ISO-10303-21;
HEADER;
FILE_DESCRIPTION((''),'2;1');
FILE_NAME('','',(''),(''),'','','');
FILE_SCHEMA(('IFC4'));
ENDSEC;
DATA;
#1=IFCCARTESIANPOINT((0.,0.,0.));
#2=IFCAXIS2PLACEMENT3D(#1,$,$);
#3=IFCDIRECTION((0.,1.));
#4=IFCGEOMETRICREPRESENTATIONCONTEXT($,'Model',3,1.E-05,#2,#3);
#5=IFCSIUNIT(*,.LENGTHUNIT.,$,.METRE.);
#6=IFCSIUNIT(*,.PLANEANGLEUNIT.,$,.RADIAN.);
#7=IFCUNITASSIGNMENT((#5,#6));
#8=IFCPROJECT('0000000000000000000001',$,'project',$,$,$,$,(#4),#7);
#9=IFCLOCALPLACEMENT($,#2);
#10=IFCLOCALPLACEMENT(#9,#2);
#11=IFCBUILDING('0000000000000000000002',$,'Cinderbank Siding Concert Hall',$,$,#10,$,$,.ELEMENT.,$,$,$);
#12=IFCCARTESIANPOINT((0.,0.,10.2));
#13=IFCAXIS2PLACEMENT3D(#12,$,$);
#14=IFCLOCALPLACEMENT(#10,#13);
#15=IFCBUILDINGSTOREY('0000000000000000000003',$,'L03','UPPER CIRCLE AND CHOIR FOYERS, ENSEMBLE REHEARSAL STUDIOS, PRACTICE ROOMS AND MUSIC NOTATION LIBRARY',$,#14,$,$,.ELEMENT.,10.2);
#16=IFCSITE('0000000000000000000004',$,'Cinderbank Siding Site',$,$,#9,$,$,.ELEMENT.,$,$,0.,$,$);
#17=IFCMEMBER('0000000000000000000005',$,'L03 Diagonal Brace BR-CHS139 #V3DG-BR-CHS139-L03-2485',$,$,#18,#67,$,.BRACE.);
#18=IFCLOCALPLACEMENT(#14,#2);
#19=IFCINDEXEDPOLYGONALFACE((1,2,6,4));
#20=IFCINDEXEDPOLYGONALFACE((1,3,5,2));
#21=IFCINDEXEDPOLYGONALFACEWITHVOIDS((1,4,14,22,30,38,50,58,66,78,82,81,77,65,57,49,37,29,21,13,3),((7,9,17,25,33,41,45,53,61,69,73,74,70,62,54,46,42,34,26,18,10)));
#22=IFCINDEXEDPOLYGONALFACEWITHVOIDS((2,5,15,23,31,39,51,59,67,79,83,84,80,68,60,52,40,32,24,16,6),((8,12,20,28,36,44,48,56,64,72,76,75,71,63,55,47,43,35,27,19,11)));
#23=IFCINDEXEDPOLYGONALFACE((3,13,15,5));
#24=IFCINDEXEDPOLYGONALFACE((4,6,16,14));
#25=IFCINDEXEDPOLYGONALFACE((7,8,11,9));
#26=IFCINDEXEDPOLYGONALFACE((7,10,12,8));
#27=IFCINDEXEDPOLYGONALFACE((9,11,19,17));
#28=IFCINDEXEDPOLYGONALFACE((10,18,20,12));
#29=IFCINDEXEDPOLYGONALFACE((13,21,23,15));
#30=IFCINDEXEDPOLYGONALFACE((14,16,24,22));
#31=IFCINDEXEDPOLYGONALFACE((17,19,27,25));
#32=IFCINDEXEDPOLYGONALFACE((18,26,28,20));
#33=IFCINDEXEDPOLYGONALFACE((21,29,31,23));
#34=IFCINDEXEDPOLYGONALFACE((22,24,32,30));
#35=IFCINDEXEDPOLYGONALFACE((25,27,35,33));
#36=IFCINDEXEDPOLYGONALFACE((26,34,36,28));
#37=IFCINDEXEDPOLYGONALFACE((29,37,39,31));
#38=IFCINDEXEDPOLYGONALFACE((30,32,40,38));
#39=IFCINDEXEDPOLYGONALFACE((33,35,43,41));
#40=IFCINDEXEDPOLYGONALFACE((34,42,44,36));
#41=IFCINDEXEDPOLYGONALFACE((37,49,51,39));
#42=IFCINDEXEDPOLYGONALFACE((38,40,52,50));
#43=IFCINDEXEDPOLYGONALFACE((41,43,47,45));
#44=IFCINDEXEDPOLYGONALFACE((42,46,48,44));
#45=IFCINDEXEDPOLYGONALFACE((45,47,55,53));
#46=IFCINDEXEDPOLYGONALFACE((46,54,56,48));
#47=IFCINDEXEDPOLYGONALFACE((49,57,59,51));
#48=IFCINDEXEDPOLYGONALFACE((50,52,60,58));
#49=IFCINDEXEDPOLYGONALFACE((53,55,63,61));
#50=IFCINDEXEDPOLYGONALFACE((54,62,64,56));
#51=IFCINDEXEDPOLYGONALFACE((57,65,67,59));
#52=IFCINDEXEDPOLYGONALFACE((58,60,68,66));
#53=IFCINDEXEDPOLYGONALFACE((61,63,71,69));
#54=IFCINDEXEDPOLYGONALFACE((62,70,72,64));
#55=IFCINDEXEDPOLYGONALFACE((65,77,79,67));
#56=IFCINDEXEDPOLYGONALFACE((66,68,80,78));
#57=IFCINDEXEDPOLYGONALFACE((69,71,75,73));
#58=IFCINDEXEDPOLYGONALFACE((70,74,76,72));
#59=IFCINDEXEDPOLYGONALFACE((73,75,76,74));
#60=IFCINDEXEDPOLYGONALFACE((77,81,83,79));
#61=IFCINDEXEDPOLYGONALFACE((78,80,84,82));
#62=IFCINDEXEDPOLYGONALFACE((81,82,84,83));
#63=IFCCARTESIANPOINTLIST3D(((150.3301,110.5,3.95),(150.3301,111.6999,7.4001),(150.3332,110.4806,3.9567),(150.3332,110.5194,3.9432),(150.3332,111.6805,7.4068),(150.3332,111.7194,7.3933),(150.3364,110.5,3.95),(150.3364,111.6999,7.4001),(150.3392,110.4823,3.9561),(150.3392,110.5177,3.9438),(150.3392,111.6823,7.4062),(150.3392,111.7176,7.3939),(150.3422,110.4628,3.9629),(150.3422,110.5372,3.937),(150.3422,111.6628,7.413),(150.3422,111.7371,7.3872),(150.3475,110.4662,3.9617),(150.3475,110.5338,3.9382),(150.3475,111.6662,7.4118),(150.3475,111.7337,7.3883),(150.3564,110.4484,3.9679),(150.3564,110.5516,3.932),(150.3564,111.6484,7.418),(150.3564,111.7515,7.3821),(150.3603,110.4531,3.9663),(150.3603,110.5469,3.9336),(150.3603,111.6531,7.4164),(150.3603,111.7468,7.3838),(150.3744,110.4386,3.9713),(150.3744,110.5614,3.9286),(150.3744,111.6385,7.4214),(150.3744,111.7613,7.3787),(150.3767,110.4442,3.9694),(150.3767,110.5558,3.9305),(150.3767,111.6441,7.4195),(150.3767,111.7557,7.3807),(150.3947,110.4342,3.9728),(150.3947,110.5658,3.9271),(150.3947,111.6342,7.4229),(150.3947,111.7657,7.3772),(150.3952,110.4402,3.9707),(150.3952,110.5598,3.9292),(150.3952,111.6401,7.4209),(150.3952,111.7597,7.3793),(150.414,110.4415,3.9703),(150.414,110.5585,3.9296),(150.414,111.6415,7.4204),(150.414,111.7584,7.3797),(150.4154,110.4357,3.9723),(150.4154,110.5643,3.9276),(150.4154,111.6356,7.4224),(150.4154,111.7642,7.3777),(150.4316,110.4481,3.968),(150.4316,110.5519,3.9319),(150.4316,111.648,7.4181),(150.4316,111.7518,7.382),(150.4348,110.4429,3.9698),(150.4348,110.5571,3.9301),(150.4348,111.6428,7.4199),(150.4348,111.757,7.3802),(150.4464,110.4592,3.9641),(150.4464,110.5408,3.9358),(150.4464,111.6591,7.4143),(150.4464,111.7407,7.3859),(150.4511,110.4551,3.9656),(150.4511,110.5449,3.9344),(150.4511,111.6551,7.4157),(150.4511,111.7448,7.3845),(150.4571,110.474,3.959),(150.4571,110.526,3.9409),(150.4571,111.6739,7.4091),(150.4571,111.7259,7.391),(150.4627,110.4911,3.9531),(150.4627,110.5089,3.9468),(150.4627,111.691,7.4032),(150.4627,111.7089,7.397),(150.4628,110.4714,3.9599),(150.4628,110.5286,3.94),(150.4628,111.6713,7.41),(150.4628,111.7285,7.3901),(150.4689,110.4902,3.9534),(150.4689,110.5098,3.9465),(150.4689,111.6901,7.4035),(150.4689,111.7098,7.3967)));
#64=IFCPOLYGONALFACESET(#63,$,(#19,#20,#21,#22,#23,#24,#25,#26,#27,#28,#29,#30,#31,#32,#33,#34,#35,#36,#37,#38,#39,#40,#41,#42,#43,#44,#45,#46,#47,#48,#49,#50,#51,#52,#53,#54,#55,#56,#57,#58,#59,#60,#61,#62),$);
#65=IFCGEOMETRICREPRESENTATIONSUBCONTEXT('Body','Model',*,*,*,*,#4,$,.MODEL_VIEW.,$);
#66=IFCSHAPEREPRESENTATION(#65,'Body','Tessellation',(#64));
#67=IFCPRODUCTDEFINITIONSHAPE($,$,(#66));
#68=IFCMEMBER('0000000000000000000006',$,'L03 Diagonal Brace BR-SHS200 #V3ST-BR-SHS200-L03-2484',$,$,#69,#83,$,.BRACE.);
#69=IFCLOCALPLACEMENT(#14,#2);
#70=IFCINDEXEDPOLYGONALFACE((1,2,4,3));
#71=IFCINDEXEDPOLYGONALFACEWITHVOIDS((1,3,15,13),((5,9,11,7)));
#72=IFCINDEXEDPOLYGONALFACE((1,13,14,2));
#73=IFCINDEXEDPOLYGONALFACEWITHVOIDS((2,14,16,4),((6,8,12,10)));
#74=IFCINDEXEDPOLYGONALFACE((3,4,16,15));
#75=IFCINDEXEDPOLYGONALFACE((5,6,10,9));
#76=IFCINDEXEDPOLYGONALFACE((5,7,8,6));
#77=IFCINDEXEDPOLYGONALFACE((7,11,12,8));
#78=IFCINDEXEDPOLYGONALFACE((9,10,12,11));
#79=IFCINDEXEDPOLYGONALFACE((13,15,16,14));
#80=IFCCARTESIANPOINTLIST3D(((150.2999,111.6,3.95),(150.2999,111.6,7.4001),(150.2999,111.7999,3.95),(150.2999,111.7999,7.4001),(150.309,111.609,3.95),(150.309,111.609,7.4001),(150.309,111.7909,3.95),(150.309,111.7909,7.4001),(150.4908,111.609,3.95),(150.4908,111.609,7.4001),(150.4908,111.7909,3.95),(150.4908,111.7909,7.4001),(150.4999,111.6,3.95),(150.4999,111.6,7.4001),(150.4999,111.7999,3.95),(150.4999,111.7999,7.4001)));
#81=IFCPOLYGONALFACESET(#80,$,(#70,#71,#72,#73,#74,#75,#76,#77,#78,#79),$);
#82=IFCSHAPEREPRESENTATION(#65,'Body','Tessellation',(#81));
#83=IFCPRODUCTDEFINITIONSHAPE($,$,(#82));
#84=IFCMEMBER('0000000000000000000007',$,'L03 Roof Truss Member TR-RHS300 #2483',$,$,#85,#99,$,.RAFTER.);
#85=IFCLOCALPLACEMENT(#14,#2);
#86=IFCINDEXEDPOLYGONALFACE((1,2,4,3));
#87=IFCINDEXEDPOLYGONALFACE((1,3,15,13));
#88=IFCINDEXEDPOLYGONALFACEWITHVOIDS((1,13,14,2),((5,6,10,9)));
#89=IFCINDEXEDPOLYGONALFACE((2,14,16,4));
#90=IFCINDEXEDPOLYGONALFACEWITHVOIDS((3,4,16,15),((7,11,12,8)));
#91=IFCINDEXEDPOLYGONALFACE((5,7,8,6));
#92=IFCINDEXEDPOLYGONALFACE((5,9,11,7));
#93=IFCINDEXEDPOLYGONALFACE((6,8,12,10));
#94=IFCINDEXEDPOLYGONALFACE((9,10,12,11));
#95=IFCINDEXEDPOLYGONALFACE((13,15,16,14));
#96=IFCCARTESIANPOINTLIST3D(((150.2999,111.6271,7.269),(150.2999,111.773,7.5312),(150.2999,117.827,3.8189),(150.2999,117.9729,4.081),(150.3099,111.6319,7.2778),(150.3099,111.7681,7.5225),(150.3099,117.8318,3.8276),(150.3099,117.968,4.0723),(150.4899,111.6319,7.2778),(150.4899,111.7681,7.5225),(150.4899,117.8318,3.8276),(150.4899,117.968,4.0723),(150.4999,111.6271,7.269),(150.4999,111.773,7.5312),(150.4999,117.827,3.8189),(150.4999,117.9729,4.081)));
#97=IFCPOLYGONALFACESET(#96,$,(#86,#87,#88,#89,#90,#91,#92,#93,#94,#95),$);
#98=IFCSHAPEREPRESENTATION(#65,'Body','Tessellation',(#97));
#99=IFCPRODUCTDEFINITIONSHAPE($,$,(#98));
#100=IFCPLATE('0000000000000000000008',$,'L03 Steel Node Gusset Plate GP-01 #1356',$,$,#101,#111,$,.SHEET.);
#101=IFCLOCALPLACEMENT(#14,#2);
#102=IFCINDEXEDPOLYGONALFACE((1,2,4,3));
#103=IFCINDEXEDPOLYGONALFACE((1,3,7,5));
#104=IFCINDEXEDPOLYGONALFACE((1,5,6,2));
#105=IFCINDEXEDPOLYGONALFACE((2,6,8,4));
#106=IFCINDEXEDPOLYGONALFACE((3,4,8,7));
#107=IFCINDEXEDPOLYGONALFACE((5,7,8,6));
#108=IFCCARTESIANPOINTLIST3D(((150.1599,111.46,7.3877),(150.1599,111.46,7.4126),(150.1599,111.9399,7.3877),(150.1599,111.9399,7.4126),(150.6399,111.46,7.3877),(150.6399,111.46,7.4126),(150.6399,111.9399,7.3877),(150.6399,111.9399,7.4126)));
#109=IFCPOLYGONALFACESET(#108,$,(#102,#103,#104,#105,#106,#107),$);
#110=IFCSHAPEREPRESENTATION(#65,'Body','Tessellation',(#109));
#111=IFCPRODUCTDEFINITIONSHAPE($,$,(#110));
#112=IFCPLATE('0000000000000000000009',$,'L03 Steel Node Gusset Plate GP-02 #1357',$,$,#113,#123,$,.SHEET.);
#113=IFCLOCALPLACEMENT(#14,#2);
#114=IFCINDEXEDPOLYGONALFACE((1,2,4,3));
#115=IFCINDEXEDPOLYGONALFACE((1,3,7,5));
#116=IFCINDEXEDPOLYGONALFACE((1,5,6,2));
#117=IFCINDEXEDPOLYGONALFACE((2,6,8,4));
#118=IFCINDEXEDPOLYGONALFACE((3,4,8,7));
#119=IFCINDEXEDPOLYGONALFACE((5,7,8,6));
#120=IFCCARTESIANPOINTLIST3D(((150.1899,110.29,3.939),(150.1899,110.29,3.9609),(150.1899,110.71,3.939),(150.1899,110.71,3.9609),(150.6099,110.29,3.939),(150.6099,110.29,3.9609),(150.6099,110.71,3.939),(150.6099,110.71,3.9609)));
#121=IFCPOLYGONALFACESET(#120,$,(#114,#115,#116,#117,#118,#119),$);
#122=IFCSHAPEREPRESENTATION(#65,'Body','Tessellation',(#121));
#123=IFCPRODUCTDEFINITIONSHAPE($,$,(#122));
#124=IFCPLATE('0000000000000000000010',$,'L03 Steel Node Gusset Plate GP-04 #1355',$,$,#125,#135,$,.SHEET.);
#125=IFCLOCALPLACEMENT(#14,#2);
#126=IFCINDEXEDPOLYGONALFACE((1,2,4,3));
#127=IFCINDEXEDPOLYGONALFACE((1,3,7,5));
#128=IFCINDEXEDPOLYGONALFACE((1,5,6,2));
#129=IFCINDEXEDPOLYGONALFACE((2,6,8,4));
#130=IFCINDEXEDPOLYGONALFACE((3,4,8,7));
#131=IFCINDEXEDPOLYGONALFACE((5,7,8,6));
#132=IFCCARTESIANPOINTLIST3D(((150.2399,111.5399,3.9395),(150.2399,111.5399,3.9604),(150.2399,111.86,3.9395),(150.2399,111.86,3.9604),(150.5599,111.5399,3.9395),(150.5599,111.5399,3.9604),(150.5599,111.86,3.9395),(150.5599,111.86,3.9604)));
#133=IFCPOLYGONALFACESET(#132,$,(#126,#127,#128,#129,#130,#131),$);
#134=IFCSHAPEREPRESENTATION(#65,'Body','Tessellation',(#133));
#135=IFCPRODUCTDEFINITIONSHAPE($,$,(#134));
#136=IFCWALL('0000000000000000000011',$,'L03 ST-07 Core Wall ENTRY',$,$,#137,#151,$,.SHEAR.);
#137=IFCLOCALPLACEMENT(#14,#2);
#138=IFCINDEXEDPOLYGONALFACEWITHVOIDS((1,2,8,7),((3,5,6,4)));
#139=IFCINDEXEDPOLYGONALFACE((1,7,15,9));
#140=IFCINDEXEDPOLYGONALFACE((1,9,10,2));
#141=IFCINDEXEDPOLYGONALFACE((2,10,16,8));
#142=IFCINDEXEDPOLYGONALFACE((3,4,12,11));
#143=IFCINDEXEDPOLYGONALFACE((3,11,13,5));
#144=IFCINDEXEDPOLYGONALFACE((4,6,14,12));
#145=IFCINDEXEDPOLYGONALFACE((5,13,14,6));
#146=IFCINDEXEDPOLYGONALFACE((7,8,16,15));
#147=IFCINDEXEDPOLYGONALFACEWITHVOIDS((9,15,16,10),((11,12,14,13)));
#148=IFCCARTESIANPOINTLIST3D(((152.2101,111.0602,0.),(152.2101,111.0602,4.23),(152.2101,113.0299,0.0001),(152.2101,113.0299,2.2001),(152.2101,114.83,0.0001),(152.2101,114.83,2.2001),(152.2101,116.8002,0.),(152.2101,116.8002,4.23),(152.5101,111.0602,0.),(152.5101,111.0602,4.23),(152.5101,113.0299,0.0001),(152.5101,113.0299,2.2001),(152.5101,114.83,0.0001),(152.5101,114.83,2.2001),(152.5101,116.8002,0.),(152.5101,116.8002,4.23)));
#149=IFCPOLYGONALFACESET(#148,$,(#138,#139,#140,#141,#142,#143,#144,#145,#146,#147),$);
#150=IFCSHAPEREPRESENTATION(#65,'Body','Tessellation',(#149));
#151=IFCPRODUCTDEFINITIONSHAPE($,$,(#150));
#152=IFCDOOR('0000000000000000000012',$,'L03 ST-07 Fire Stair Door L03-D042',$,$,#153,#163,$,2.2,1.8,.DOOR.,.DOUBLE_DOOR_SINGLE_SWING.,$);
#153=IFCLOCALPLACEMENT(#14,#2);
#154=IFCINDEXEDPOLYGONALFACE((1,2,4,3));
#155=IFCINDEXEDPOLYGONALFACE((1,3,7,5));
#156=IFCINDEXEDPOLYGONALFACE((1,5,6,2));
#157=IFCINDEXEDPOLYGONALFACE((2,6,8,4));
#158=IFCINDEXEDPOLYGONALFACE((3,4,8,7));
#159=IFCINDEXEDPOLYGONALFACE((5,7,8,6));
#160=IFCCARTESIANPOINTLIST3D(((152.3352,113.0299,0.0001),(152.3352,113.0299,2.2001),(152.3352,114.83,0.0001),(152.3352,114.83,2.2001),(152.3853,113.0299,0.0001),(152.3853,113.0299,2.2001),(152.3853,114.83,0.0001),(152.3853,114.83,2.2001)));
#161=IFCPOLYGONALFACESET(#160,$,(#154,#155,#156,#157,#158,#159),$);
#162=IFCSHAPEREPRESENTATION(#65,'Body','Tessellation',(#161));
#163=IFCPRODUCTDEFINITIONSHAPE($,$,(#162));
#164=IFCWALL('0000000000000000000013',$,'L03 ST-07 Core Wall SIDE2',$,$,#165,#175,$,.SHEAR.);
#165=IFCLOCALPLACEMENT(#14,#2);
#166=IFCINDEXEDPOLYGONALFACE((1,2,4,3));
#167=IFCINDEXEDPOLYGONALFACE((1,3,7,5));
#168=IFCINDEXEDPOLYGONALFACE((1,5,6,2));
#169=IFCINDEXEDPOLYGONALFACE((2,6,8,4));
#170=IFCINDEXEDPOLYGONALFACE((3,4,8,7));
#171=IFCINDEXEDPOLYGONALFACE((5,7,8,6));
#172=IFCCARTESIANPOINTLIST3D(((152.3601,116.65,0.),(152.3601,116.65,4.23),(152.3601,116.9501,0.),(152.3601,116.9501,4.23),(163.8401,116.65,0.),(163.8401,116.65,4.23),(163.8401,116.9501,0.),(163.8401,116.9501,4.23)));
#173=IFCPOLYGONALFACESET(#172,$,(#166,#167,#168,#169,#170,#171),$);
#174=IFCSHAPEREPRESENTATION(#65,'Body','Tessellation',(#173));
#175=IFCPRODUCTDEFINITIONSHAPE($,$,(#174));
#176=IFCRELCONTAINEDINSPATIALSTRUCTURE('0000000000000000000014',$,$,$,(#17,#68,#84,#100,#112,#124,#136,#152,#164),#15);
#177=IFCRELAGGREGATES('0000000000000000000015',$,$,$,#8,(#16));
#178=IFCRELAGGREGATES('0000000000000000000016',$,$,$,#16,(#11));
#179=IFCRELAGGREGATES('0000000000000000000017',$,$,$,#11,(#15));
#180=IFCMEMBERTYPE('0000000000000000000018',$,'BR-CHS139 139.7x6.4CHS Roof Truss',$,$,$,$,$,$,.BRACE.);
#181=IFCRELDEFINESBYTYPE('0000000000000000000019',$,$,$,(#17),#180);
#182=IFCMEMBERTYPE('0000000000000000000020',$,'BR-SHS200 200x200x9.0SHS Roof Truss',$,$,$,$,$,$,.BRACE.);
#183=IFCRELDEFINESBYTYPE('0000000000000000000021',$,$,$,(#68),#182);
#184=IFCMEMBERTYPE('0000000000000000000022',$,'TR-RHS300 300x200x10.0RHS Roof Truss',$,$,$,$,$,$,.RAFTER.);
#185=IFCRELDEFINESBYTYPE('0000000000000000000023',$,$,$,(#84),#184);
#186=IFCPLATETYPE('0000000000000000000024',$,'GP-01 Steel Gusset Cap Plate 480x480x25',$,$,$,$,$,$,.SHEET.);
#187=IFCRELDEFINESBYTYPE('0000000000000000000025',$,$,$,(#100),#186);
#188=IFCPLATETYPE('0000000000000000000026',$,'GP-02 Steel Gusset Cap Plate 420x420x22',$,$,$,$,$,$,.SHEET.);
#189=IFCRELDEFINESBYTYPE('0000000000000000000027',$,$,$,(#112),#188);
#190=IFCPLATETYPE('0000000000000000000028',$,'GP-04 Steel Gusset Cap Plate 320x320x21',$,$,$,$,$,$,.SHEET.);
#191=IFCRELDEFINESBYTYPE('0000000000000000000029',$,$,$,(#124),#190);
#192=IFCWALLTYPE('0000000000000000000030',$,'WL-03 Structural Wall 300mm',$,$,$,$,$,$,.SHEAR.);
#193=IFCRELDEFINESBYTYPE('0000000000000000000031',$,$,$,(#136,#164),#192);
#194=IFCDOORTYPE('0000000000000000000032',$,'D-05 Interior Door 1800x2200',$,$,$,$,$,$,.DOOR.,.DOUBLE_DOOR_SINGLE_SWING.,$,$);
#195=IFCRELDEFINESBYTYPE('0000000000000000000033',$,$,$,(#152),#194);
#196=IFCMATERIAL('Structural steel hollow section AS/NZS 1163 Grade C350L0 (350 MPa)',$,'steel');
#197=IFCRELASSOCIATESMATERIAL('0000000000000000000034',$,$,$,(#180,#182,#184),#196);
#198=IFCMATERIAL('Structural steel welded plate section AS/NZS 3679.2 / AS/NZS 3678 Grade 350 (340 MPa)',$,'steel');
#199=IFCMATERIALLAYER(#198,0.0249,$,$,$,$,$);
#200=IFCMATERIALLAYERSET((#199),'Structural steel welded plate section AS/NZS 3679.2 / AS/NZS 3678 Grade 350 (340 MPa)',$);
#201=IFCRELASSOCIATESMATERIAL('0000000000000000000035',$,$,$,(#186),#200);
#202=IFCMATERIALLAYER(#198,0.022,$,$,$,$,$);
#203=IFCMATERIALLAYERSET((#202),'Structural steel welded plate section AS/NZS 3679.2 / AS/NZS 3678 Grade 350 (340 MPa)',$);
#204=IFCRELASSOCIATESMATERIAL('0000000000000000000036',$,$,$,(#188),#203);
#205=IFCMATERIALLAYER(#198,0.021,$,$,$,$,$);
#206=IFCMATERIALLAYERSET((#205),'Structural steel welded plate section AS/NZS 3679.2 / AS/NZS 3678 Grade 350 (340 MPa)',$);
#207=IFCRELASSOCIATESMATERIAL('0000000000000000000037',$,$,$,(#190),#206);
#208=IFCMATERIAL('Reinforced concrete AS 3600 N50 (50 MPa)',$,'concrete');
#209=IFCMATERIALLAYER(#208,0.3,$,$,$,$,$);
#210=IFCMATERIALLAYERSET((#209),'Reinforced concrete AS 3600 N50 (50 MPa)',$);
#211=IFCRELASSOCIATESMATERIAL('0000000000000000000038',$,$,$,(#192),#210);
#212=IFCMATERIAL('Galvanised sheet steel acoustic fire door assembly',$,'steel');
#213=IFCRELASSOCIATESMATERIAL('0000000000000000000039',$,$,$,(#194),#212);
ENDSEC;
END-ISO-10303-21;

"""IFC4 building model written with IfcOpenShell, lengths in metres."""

from ifc_helpers import new_model, si_unit, direction, frame, frame_2d, origin, origin_2d, place, context, subcontext, project, spatial, rectangle, hollow_rectangle, hollow_circle, extrude, material, layer, layer_set, material_profile, profile_set, type_object, element, fill, save


model = new_model("IFC4")

# Units and contexts
model_context = context("Model", 3, precision=1e-05, world=origin(), true_north=direction((0.0, 1.0)))
body_context = subcontext(model_context, "Body", "Model", "MODEL_VIEW")
ifc_project = project(units=[si_unit("LENGTHUNIT", "METRE"), si_unit("PLANEANGLEUNIT", "RADIAN")], contexts=[model_context])

# Site, building, storey
site_placement = place(None, origin())
site = spatial("IfcSite", under=ifc_project, at=site_placement, Name="Cinderbank Siding Site", CompositionType="ELEMENT", RefElevation=0.0)
building_placement = place(site_placement, origin())
building = spatial("IfcBuilding", under=site, at=building_placement, Name="Cinderbank Siding Concert Hall", CompositionType="ELEMENT")
storey_placement = place(building_placement, frame((0.0, 0.0, 10.2)))
storey = spatial("IfcBuildingStorey", under=building, at=storey_placement, Name="L03", Description="UPPER CIRCLE AND CHOIR FOYERS, ENSEMBLE REHEARSAL STUDIOS, PRACTICE ROOMS AND MUSIC NOTATION LIBRARY", CompositionType="ELEMENT", Elevation=10.2)

# Shared definitions
ifc_material_1 = material(Name="Reinforced concrete AS 3600 N50 (50 MPa)", Category="concrete")

# Shared definitions
ifc_material_2 = material(Name="Structural steel welded plate section AS/NZS 3679.2 / AS/NZS 3678 Grade 350 (340 MPa)", Category="steel")

# Members
ifc_material_3 = material(Name="Structural steel hollow section AS/NZS 1163 Grade C350L0 (350 MPa)", Category="steel")
ifc_material_profile_1 = material_profile(ifc_material_3, hollow_circle(Radius=0.0698, WallThickness=0.0063, at=origin_2d()), Name="139.7x6.4CHS", Category="LoadBearing")
ifc_profile_set_1 = profile_set([ifc_material_profile_1], Name="Structural steel hollow section AS/NZS 1163 Grade C350L0 (350 MPa)")
member_type_1 = type_object("IfcMemberType", Name="BR-CHS139 139.7x6.4CHS Roof Truss", PredefinedType="BRACE", material=ifc_profile_set_1)
member_1_placement = place(storey_placement, frame((150.3999, 110.5, 3.95), z_axis=(0.0, 0.328492, 0.944507), x_axis=(-1.0, 0.0, 0.0)))
element("IfcMember", 1, at=member_1_placement, inside=storey, type_object=member_type_1, Name="L03 Diagonal Brace BR-CHS139 #V3DG-BR-CHS139-L03-2485", PredefinedType="BRACE", context=body_context, shape_type="SweptSolid", body=[
    extrude(hollow_circle(Radius=0.0698, WallThickness=0.0063, at=origin_2d()), origin(), (0.0, 0.0, 1.0), 3.6528),
])
ifc_material_profile_2 = material_profile(ifc_material_3, hollow_rectangle(XDim=0.2, YDim=0.2, WallThickness=0.009, at=origin_2d()), Name="200x200x9.0SHS", Category="LoadBearing")
ifc_profile_set_2 = profile_set([ifc_material_profile_2], Name="Structural steel hollow section AS/NZS 1163 Grade C350L0 (350 MPa)")
member_type_2 = type_object("IfcMemberType", Name="BR-SHS200 200x200x9.0SHS Roof Truss", PredefinedType="BRACE", material=ifc_profile_set_2)
member_2_placement = place(storey_placement, frame((150.3999, 111.7, 3.95), z_axis=(0.0, 0.0, 1.0), x_axis=(1.0, 0.0, 0.0)))
element("IfcMember", 2, at=member_2_placement, inside=storey, type_object=member_type_2, Name="L03 Diagonal Brace BR-SHS200 #V3ST-BR-SHS200-L03-2484", PredefinedType="BRACE", context=body_context, shape_type="SweptSolid", body=[
    extrude(hollow_rectangle(XDim=0.2, YDim=0.2, WallThickness=0.009, at=origin_2d()), origin(), (0.0, 0.0, 1.0), 3.4502),
])
ifc_material_profile_3 = material_profile(ifc_material_3, hollow_rectangle(XDim=0.2, YDim=0.3, WallThickness=0.01, at=origin_2d()), Name="300x200x10.0RHS", Category="LoadBearing")
ifc_profile_set_3 = profile_set([ifc_material_profile_3], Name="Structural steel hollow section AS/NZS 1163 Grade C350L0 (350 MPa)")
member_type_3 = type_object("IfcMemberType", Name="TR-RHS300 300x200x10.0RHS Roof Truss", PredefinedType="RAFTER", material=ifc_profile_set_3)
member_3_placement = place(storey_placement, frame((150.3999, 117.8999, 3.95), z_axis=(0.0, -0.873811, 0.486265), x_axis=(1.0, 0.0, 0.0)))
element("IfcMember", 3, at=member_3_placement, inside=storey, type_object=member_type_3, Name="L03 Roof Truss Member TR-RHS300 #2483", PredefinedType="RAFTER", context=body_context, shape_type="SweptSolid", body=[
    extrude(hollow_rectangle(XDim=0.2, YDim=0.3, WallThickness=0.01, at=origin_2d()), origin(), (0.0, 0.0, 1.0), 7.0952),
])

# Plates
ifc_layer_1 = layer(ifc_material_2, 0.0249)
ifc_layer_set_1 = layer_set([ifc_layer_1], Name="Structural steel welded plate section AS/NZS 3679.2 / AS/NZS 3678 Grade 350 (340 MPa)")
plate_type_1 = type_object("IfcPlateType", Name="GP-01 Steel Gusset Cap Plate 480x480x25", PredefinedType="SHEET", material=ifc_layer_set_1)
plate_1_placement = place(storey_placement, frame((150.3999, 111.7, 7.3877), z_axis=(0.0, 0.0, 1.0), x_axis=(1.0, 0.0, 0.0)))
element("IfcPlate", 4, at=plate_1_placement, inside=storey, type_object=plate_type_1, Name="L03 Steel Node Gusset Plate GP-01 #1356", PredefinedType="SHEET", context=body_context, shape_type="SweptSolid", body=[
    extrude(rectangle(XDim=0.48, YDim=0.48, at=origin_2d()), origin(), (0.0, 0.0, 1.0), 0.0249),
])
ifc_layer_2 = layer(ifc_material_2, 0.022)
ifc_layer_set_2 = layer_set([ifc_layer_2], Name="Structural steel welded plate section AS/NZS 3679.2 / AS/NZS 3678 Grade 350 (340 MPa)")
plate_type_2 = type_object("IfcPlateType", Name="GP-02 Steel Gusset Cap Plate 420x420x22", PredefinedType="SHEET", material=ifc_layer_set_2)
plate_2_placement = place(storey_placement, frame((150.3999, 110.5, 3.939), z_axis=(0.0, 0.0, 1.0), x_axis=(0.0, 1.0, 0.0)))
element("IfcPlate", 5, at=plate_2_placement, inside=storey, type_object=plate_type_2, Name="L03 Steel Node Gusset Plate GP-02 #1357", PredefinedType="SHEET", context=body_context, shape_type="SweptSolid", body=[
    extrude(rectangle(XDim=0.4199, YDim=0.4199, at=origin_2d()), origin(), (0.0, 0.0, 1.0), 0.022),
])
ifc_layer_3 = layer(ifc_material_2, 0.021)
ifc_layer_set_3 = layer_set([ifc_layer_3], Name="Structural steel welded plate section AS/NZS 3679.2 / AS/NZS 3678 Grade 350 (340 MPa)")
plate_type_3 = type_object("IfcPlateType", Name="GP-04 Steel Gusset Cap Plate 320x320x21", PredefinedType="SHEET", material=ifc_layer_set_3)
plate_3_placement = place(storey_placement, frame((150.3999, 111.7, 3.9395), z_axis=(0.0, 0.0, 1.0), x_axis=(1.0, 0.0, 0.0)))
element("IfcPlate", 6, at=plate_3_placement, inside=storey, type_object=plate_type_3, Name="L03 Steel Node Gusset Plate GP-04 #1355", PredefinedType="SHEET", context=body_context, shape_type="SweptSolid", body=[
    extrude(rectangle(XDim=0.3201, YDim=0.3201, at=origin_2d()), origin(), (0.0, 0.0, 1.0), 0.021),
])

# Wall, opening, door
ifc_layer_4 = layer(ifc_material_1, 0.3)
ifc_layer_set_4 = layer_set([ifc_layer_4], Name="Reinforced concrete AS 3600 N50 (50 MPa)")
wall_type_1 = type_object("IfcWallType", Name="WL-03 Structural Wall 300mm", PredefinedType="SHEAR", material=ifc_layer_set_4)
wall_1_placement = place(storey_placement, frame((152.3601, 111.0601, 0.0), z_axis=(0.0, 0.0, 1.0), x_axis=(0.0, 1.0, 0.0)))
wall_1 = element("IfcWall", 7, at=wall_1_placement, inside=storey, type_object=wall_type_1, Name="L03 ST-07 Core Wall ENTRY", PredefinedType="SHEAR", context=body_context, shape_type="SweptSolid", body=[
    extrude(rectangle(XDim=5.74, YDim=0.3, at=frame_2d((2.8701, 0.0))), origin(), (0.0, 0.0, 1.0), 4.23),
])
opening_1_placement = place(wall_1_placement, frame((1.97, 0.0, 0.0)))
opening_1 = element("IfcOpeningElement", 8, at=opening_1_placement, cuts=wall_1, PredefinedType="OPENING", context=body_context, shape_type="SweptSolid", body=[
    extrude(rectangle(XDim=1.8, YDim=2.2, at=frame_2d((0.8999, 1.1001))), frame((0.0, 0.1621, 0.0), z_axis=(0.0, -1.0, 0.0), x_axis=(1.0, 0.0, 0.0)), (0.0, 0.0, 1.0), 0.324),
])
ifc_material_4 = material(Name="Galvanised sheet steel acoustic fire door assembly", Category="steel")
door_type = type_object("IfcDoorType", Name="D-05 Interior Door 1800x2200", OperationType="DOUBLE_DOOR_SINGLE_SWING", PredefinedType="DOOR", material=ifc_material_4)
door_placement = place(opening_1_placement, origin())
door = element("IfcDoor", 9, at=door_placement, inside=storey, type_object=door_type, Name="L03 ST-07 Fire Stair Door L03-D042", OperationType="DOUBLE_DOOR_SINGLE_SWING", OverallHeight=2.2, OverallWidth=1.8, PredefinedType="DOOR", context=body_context, shape_type="SweptSolid", body=[
    extrude(rectangle(XDim=1.8, YDim=2.2, at=frame_2d((0.8999, 1.1001))), frame((0.0, 0.0249, 0.0), z_axis=(0.0, -1.0, 0.0), x_axis=(1.0, 0.0, 0.0)), (0.0, 0.0, 1.0), 0.05),
])
fill(opening_1, door)

# Wall
wall_2_placement = place(storey_placement, frame((152.3601, 116.8, 0.0), z_axis=(0.0, 0.0, 1.0), x_axis=(1.0, 0.0, 0.0)))
element("IfcWall", 10, at=wall_2_placement, inside=storey, type_object=wall_type_1, Name="L03 ST-07 Core Wall SIDE2", PredefinedType="SHEAR", context=body_context, shape_type="SweptSolid", body=[
    extrude(rectangle(XDim=11.48, YDim=0.3, at=frame_2d((5.74, 0.0))), origin(), (0.0, 0.0, 1.0), 4.23),
])

save(model, "model.ifc")
